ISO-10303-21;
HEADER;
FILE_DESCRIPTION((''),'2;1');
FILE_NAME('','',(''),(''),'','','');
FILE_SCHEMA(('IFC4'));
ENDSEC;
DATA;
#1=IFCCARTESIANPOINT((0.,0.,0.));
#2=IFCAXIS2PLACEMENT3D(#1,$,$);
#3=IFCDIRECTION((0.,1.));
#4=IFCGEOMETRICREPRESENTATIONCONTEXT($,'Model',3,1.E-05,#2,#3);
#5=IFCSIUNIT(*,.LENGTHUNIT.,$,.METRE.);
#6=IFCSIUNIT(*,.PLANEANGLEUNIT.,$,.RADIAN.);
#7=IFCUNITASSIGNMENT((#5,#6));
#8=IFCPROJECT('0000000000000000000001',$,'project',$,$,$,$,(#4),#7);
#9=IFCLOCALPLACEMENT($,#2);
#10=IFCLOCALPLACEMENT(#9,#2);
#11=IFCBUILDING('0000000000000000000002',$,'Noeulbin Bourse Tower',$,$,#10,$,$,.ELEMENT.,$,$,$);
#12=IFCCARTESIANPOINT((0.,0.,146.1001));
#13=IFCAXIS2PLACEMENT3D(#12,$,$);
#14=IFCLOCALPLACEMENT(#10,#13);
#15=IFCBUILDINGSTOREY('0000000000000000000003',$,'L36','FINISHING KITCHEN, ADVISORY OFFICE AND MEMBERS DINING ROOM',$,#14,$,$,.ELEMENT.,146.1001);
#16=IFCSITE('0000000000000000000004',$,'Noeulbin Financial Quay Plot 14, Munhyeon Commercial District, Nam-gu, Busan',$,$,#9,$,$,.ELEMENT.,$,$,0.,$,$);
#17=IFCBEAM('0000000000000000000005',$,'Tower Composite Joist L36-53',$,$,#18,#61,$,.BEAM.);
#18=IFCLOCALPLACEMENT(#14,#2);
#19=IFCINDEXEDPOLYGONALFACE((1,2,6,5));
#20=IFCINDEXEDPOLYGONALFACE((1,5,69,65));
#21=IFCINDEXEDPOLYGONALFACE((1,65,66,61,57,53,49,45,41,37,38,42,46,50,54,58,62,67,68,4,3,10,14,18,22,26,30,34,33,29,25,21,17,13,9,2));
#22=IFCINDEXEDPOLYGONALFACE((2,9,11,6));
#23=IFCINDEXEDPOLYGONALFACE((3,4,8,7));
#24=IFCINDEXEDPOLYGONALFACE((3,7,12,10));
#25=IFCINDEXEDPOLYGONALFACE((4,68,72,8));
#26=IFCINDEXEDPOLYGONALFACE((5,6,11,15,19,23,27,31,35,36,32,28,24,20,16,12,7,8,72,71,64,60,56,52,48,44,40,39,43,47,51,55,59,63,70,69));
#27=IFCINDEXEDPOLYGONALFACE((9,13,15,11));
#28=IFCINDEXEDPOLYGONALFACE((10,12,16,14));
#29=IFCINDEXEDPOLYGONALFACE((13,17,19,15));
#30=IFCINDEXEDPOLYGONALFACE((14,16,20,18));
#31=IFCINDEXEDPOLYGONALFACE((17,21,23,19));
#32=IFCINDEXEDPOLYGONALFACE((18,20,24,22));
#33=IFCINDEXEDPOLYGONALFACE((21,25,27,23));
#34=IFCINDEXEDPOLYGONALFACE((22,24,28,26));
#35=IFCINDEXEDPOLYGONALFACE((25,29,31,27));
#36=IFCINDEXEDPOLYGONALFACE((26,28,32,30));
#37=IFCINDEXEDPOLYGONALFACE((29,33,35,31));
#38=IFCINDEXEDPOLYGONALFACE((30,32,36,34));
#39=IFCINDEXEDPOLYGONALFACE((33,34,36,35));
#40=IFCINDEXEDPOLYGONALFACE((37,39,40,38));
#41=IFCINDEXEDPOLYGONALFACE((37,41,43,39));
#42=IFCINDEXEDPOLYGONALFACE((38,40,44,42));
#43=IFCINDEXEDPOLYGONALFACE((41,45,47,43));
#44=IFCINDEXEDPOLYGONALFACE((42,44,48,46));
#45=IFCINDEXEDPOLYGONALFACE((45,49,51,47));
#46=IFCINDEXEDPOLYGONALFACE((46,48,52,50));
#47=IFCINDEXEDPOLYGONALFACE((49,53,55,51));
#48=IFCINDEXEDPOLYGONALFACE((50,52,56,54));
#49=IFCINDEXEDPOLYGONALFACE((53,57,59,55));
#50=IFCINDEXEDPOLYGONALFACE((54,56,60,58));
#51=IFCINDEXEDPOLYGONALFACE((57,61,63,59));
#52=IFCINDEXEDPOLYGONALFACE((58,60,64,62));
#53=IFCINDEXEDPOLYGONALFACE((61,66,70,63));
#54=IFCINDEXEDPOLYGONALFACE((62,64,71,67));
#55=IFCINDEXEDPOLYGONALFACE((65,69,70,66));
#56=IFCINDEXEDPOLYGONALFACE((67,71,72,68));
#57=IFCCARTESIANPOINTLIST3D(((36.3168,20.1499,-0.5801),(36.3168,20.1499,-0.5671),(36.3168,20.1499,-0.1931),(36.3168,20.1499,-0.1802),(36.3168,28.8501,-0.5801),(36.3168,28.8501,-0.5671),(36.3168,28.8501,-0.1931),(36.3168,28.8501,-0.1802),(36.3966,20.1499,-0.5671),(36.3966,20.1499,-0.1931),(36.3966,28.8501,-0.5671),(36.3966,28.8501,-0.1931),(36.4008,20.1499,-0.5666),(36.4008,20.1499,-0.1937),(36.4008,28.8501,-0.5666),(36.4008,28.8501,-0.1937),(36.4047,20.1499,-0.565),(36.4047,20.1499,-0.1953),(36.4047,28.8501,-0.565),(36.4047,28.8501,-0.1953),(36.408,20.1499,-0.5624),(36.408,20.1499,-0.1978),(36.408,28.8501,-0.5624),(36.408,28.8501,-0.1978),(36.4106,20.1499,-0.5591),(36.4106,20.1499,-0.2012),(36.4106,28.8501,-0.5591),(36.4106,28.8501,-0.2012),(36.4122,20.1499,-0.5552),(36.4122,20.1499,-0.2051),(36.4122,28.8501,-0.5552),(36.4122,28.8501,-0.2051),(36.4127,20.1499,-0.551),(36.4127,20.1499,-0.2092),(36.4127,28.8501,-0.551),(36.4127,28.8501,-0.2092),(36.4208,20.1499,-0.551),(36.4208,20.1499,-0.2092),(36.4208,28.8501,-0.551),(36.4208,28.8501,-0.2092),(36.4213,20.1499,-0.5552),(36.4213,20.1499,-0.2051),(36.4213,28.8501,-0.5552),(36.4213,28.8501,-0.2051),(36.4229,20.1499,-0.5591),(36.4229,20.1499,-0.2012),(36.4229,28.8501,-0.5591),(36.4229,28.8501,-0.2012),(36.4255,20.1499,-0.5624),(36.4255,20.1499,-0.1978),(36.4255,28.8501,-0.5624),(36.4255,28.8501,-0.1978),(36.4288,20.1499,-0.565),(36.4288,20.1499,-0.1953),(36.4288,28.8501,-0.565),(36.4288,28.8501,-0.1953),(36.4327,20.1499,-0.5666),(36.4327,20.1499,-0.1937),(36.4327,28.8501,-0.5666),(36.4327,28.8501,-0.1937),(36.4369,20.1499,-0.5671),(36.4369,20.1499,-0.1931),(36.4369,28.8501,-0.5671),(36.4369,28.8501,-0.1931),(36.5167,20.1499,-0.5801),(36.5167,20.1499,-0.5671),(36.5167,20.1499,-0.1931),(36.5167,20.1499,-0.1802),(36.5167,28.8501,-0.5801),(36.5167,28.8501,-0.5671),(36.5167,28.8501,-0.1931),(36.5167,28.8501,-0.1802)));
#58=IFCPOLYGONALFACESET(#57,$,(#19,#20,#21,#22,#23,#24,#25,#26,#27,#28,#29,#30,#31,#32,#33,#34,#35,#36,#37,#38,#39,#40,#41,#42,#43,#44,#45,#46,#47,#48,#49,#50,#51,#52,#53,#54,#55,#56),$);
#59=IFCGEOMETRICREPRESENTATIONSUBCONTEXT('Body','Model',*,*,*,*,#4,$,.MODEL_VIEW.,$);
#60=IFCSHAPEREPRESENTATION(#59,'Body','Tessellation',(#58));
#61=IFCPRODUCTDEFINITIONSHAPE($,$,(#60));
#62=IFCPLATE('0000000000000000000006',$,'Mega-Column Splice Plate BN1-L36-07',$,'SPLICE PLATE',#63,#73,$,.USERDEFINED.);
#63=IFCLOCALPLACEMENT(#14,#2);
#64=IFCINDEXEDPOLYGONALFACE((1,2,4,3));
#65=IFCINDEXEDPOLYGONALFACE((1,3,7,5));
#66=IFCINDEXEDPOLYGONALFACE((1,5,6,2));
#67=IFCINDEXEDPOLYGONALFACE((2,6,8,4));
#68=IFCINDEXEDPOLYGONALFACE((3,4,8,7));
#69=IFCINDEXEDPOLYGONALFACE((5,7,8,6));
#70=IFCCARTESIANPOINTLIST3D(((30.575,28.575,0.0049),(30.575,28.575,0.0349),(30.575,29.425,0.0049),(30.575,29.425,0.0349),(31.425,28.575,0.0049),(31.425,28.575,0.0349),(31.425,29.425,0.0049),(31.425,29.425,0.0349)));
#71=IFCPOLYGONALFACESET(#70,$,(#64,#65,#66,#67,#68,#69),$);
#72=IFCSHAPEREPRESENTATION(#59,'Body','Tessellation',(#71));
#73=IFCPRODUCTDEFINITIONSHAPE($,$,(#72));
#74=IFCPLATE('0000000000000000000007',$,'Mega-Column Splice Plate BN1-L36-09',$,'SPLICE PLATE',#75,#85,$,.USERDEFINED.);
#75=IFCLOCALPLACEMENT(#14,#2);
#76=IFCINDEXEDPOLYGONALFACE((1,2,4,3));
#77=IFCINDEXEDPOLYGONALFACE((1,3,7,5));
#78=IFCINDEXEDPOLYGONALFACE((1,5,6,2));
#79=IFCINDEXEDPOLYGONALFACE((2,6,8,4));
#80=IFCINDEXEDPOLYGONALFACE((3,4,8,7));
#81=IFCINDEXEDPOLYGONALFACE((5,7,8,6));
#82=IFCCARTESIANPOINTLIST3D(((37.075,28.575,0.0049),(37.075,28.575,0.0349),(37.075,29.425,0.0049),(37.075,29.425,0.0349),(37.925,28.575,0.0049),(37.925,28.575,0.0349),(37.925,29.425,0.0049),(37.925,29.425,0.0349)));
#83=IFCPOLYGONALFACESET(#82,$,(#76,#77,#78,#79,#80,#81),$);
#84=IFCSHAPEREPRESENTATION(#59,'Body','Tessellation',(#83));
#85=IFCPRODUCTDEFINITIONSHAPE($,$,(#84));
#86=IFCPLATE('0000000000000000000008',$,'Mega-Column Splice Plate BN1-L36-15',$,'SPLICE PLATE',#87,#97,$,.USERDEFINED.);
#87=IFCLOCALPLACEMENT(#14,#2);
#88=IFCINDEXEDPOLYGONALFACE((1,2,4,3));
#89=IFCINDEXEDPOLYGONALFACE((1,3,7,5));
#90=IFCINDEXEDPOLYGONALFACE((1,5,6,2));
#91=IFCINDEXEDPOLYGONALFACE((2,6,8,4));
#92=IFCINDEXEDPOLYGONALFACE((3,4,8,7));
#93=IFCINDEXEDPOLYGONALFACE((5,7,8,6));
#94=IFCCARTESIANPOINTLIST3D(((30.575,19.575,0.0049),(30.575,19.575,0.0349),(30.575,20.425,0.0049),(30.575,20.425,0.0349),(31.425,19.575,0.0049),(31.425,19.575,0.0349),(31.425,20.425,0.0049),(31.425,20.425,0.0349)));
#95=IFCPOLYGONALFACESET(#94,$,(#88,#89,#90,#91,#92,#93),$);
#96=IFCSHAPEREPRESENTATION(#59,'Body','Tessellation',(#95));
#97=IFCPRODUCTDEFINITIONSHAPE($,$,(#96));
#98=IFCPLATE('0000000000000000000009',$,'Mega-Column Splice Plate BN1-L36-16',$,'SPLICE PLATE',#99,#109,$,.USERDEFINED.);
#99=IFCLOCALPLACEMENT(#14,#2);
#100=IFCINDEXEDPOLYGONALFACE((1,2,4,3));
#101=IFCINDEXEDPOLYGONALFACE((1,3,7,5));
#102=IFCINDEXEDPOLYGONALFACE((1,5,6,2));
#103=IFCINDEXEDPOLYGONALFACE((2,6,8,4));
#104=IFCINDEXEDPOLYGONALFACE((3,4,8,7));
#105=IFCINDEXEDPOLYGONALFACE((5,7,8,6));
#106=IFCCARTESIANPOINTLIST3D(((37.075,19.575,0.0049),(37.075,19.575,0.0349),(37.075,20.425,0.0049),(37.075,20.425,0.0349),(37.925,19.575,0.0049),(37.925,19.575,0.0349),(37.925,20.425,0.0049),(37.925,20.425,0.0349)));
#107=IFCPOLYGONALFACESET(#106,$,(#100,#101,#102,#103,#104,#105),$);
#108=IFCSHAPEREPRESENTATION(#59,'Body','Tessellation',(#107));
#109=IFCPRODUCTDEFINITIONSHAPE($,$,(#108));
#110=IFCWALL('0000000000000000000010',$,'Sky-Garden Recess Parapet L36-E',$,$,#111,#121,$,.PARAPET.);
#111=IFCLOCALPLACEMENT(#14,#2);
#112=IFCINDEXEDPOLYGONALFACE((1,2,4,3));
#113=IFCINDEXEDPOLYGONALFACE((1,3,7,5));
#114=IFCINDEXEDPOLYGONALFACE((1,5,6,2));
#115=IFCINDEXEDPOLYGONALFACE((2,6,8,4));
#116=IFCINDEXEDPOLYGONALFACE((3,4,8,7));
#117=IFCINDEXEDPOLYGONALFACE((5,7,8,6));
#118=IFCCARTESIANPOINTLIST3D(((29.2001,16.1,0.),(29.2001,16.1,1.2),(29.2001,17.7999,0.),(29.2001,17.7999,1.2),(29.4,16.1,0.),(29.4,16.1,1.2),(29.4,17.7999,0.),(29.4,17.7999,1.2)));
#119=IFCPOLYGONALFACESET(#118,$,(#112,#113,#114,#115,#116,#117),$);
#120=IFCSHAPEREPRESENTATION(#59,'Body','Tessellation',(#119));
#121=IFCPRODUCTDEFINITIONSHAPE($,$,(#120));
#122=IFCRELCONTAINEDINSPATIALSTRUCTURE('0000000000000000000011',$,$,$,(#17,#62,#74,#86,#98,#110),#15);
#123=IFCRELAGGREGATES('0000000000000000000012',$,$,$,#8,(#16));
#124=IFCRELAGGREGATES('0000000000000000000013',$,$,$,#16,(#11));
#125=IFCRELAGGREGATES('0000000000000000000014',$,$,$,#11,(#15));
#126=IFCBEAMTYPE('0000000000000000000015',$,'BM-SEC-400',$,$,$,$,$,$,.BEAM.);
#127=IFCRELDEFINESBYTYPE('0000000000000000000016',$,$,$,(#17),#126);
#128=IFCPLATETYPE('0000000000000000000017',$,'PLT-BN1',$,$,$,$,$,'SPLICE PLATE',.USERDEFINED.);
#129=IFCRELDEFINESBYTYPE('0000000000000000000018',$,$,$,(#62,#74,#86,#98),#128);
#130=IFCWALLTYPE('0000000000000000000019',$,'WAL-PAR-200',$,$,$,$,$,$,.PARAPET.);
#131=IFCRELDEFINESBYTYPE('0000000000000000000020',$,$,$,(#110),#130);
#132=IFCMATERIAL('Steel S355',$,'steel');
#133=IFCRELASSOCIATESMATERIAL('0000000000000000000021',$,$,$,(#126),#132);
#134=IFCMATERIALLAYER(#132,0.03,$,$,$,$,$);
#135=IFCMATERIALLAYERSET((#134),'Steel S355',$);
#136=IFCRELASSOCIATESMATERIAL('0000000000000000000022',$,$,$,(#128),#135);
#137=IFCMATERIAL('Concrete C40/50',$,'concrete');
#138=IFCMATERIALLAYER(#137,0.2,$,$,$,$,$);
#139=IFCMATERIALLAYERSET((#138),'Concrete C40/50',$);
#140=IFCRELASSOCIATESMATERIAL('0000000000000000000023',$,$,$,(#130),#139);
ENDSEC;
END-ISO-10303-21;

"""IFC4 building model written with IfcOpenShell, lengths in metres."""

from ifc_helpers import new_model, si_unit, direction, frame, frame_2d, origin, origin_2d, place, context, subcontext, project, spatial, rectangle, i_section, extrude, material, layer, layer_set, material_profile, profile_set, type_object, element, save


model = new_model("IFC4")

# Units and contexts
model_context = context("Model", 3, precision=1e-05, world=origin(), true_north=direction((0.0, 1.0)))
body_context = subcontext(model_context, "Body", "Model", "MODEL_VIEW")
ifc_project = project(units=[si_unit("LENGTHUNIT", "METRE"), si_unit("PLANEANGLEUNIT", "RADIAN")], contexts=[model_context])

# Site, building, storey
site_placement = place(None, origin())
site = spatial("IfcSite", under=ifc_project, at=site_placement, Name="Noeulbin Financial Quay Plot 14, Munhyeon Commercial District, Nam-gu, Busan", CompositionType="ELEMENT", RefElevation=0.0)
building_placement = place(site_placement, origin())
building = spatial("IfcBuilding", under=site, at=building_placement, Name="Noeulbin Bourse Tower", CompositionType="ELEMENT")
storey_placement = place(building_placement, frame((0.0, 0.0, 146.1001)))
storey = spatial("IfcBuildingStorey", under=building, at=storey_placement, Name="L36", Description="FINISHING KITCHEN, ADVISORY OFFICE AND MEMBERS DINING ROOM", CompositionType="ELEMENT", Elevation=146.1001)

# Beam
ifc_material_1 = material(Name="Steel S355", Category="steel")
ifc_material_profile_1 = material_profile(ifc_material_1, i_section(OverallWidth=0.2, OverallDepth=0.3999, WebThickness=0.0081, FlangeThickness=0.0129, FilletRadius=0.0161, at=origin_2d()), Name="H-400x200x8x13", Category="LoadBearing")
ifc_profile_set_1 = profile_set([ifc_material_profile_1], Name="Steel S355")
beam_type_1 = type_object("IfcBeamType", Name="BM-SEC-400", PredefinedType="BEAM", material=ifc_profile_set_1)
beam_1_placement = place(storey_placement, frame((36.4167, 20.1499, -0.3801), z_axis=(0.0, 1.0, 0.0), x_axis=(-1.0, 0.0, 0.0)))
element("IfcBeam", 1, at=beam_1_placement, inside=storey, type_object=beam_type_1, Name="Tower Composite Joist L36-53", PredefinedType="BEAM", context=body_context, shape_type="SweptSolid", body=[
    extrude(i_section(OverallWidth=0.2, OverallDepth=0.3999, WebThickness=0.0081, FlangeThickness=0.0129, FilletRadius=0.0161, at=origin_2d()), origin(), (0.0, 0.0, 1.0), 8.7002),
])

# Plates
ifc_layer_1 = layer(ifc_material_1, 0.03)
ifc_layer_set_1 = layer_set([ifc_layer_1], Name="Steel S355")
plate_type = type_object("IfcPlateType", Name="PLT-BN1", ElementType="SPLICE PLATE", PredefinedType="USERDEFINED", material=ifc_layer_set_1)
for number, where, z_axis, x_axis, name in (
    (2, (31.0, 29.0, 0.0049), (0.0, 0.0, 1.0), (1.0, 0.0, 0.0), "Mega-Column Splice Plate BN1-L36-07"),
    (3, (37.5, 29.0, 0.0049), (0.0, 0.0, 1.0), (1.0, 0.0, 0.0), "Mega-Column Splice Plate BN1-L36-09"),
    (4, (31.0, 20.0, 0.0049), (0.0, 0.0, 1.0), (1.0, 0.0, 0.0), "Mega-Column Splice Plate BN1-L36-15"),
    (5, (37.5, 20.0, 0.0049), (0.0, 0.0, 1.0), (1.0, 0.0, 0.0), "Mega-Column Splice Plate BN1-L36-16"),
):
    element("IfcPlate", number, at=place(storey_placement, frame(where, z_axis=z_axis, x_axis=x_axis)), inside=storey, type_object=plate_type, Name=name, ObjectType="SPLICE PLATE", PredefinedType="USERDEFINED", context=body_context, shape_type="SweptSolid", body=[
        extrude(rectangle(XDim=0.8501, YDim=0.8501, at=origin_2d()), origin(), (0.0, 0.0, 1.0), 0.03),
    ])

# Wall
ifc_material_2 = material(Name="Concrete C40/50", Category="concrete")
ifc_layer_2 = layer(ifc_material_2, 0.2)
ifc_layer_set_2 = layer_set([ifc_layer_2], Name="Concrete C40/50")
wall_type = type_object("IfcWallType", Name="WAL-PAR-200", PredefinedType="PARAPET", material=ifc_layer_set_2)
wall_placement = place(storey_placement, frame((29.3, 17.8, 0.0), z_axis=(0.0, 0.0, 1.0), x_axis=(0.0, -1.0, 0.0)))
element("IfcWall", 6, at=wall_placement, inside=storey, type_object=wall_type, Name="Sky-Garden Recess Parapet L36-E", PredefinedType="PARAPET", context=body_context, shape_type="SweptSolid", body=[
    extrude(rectangle(XDim=1.7, YDim=0.2, at=frame_2d((0.8501, 0.0))), origin(), (0.0, 0.0, 1.0), 1.2),
])

save(model, "model.ifc")
